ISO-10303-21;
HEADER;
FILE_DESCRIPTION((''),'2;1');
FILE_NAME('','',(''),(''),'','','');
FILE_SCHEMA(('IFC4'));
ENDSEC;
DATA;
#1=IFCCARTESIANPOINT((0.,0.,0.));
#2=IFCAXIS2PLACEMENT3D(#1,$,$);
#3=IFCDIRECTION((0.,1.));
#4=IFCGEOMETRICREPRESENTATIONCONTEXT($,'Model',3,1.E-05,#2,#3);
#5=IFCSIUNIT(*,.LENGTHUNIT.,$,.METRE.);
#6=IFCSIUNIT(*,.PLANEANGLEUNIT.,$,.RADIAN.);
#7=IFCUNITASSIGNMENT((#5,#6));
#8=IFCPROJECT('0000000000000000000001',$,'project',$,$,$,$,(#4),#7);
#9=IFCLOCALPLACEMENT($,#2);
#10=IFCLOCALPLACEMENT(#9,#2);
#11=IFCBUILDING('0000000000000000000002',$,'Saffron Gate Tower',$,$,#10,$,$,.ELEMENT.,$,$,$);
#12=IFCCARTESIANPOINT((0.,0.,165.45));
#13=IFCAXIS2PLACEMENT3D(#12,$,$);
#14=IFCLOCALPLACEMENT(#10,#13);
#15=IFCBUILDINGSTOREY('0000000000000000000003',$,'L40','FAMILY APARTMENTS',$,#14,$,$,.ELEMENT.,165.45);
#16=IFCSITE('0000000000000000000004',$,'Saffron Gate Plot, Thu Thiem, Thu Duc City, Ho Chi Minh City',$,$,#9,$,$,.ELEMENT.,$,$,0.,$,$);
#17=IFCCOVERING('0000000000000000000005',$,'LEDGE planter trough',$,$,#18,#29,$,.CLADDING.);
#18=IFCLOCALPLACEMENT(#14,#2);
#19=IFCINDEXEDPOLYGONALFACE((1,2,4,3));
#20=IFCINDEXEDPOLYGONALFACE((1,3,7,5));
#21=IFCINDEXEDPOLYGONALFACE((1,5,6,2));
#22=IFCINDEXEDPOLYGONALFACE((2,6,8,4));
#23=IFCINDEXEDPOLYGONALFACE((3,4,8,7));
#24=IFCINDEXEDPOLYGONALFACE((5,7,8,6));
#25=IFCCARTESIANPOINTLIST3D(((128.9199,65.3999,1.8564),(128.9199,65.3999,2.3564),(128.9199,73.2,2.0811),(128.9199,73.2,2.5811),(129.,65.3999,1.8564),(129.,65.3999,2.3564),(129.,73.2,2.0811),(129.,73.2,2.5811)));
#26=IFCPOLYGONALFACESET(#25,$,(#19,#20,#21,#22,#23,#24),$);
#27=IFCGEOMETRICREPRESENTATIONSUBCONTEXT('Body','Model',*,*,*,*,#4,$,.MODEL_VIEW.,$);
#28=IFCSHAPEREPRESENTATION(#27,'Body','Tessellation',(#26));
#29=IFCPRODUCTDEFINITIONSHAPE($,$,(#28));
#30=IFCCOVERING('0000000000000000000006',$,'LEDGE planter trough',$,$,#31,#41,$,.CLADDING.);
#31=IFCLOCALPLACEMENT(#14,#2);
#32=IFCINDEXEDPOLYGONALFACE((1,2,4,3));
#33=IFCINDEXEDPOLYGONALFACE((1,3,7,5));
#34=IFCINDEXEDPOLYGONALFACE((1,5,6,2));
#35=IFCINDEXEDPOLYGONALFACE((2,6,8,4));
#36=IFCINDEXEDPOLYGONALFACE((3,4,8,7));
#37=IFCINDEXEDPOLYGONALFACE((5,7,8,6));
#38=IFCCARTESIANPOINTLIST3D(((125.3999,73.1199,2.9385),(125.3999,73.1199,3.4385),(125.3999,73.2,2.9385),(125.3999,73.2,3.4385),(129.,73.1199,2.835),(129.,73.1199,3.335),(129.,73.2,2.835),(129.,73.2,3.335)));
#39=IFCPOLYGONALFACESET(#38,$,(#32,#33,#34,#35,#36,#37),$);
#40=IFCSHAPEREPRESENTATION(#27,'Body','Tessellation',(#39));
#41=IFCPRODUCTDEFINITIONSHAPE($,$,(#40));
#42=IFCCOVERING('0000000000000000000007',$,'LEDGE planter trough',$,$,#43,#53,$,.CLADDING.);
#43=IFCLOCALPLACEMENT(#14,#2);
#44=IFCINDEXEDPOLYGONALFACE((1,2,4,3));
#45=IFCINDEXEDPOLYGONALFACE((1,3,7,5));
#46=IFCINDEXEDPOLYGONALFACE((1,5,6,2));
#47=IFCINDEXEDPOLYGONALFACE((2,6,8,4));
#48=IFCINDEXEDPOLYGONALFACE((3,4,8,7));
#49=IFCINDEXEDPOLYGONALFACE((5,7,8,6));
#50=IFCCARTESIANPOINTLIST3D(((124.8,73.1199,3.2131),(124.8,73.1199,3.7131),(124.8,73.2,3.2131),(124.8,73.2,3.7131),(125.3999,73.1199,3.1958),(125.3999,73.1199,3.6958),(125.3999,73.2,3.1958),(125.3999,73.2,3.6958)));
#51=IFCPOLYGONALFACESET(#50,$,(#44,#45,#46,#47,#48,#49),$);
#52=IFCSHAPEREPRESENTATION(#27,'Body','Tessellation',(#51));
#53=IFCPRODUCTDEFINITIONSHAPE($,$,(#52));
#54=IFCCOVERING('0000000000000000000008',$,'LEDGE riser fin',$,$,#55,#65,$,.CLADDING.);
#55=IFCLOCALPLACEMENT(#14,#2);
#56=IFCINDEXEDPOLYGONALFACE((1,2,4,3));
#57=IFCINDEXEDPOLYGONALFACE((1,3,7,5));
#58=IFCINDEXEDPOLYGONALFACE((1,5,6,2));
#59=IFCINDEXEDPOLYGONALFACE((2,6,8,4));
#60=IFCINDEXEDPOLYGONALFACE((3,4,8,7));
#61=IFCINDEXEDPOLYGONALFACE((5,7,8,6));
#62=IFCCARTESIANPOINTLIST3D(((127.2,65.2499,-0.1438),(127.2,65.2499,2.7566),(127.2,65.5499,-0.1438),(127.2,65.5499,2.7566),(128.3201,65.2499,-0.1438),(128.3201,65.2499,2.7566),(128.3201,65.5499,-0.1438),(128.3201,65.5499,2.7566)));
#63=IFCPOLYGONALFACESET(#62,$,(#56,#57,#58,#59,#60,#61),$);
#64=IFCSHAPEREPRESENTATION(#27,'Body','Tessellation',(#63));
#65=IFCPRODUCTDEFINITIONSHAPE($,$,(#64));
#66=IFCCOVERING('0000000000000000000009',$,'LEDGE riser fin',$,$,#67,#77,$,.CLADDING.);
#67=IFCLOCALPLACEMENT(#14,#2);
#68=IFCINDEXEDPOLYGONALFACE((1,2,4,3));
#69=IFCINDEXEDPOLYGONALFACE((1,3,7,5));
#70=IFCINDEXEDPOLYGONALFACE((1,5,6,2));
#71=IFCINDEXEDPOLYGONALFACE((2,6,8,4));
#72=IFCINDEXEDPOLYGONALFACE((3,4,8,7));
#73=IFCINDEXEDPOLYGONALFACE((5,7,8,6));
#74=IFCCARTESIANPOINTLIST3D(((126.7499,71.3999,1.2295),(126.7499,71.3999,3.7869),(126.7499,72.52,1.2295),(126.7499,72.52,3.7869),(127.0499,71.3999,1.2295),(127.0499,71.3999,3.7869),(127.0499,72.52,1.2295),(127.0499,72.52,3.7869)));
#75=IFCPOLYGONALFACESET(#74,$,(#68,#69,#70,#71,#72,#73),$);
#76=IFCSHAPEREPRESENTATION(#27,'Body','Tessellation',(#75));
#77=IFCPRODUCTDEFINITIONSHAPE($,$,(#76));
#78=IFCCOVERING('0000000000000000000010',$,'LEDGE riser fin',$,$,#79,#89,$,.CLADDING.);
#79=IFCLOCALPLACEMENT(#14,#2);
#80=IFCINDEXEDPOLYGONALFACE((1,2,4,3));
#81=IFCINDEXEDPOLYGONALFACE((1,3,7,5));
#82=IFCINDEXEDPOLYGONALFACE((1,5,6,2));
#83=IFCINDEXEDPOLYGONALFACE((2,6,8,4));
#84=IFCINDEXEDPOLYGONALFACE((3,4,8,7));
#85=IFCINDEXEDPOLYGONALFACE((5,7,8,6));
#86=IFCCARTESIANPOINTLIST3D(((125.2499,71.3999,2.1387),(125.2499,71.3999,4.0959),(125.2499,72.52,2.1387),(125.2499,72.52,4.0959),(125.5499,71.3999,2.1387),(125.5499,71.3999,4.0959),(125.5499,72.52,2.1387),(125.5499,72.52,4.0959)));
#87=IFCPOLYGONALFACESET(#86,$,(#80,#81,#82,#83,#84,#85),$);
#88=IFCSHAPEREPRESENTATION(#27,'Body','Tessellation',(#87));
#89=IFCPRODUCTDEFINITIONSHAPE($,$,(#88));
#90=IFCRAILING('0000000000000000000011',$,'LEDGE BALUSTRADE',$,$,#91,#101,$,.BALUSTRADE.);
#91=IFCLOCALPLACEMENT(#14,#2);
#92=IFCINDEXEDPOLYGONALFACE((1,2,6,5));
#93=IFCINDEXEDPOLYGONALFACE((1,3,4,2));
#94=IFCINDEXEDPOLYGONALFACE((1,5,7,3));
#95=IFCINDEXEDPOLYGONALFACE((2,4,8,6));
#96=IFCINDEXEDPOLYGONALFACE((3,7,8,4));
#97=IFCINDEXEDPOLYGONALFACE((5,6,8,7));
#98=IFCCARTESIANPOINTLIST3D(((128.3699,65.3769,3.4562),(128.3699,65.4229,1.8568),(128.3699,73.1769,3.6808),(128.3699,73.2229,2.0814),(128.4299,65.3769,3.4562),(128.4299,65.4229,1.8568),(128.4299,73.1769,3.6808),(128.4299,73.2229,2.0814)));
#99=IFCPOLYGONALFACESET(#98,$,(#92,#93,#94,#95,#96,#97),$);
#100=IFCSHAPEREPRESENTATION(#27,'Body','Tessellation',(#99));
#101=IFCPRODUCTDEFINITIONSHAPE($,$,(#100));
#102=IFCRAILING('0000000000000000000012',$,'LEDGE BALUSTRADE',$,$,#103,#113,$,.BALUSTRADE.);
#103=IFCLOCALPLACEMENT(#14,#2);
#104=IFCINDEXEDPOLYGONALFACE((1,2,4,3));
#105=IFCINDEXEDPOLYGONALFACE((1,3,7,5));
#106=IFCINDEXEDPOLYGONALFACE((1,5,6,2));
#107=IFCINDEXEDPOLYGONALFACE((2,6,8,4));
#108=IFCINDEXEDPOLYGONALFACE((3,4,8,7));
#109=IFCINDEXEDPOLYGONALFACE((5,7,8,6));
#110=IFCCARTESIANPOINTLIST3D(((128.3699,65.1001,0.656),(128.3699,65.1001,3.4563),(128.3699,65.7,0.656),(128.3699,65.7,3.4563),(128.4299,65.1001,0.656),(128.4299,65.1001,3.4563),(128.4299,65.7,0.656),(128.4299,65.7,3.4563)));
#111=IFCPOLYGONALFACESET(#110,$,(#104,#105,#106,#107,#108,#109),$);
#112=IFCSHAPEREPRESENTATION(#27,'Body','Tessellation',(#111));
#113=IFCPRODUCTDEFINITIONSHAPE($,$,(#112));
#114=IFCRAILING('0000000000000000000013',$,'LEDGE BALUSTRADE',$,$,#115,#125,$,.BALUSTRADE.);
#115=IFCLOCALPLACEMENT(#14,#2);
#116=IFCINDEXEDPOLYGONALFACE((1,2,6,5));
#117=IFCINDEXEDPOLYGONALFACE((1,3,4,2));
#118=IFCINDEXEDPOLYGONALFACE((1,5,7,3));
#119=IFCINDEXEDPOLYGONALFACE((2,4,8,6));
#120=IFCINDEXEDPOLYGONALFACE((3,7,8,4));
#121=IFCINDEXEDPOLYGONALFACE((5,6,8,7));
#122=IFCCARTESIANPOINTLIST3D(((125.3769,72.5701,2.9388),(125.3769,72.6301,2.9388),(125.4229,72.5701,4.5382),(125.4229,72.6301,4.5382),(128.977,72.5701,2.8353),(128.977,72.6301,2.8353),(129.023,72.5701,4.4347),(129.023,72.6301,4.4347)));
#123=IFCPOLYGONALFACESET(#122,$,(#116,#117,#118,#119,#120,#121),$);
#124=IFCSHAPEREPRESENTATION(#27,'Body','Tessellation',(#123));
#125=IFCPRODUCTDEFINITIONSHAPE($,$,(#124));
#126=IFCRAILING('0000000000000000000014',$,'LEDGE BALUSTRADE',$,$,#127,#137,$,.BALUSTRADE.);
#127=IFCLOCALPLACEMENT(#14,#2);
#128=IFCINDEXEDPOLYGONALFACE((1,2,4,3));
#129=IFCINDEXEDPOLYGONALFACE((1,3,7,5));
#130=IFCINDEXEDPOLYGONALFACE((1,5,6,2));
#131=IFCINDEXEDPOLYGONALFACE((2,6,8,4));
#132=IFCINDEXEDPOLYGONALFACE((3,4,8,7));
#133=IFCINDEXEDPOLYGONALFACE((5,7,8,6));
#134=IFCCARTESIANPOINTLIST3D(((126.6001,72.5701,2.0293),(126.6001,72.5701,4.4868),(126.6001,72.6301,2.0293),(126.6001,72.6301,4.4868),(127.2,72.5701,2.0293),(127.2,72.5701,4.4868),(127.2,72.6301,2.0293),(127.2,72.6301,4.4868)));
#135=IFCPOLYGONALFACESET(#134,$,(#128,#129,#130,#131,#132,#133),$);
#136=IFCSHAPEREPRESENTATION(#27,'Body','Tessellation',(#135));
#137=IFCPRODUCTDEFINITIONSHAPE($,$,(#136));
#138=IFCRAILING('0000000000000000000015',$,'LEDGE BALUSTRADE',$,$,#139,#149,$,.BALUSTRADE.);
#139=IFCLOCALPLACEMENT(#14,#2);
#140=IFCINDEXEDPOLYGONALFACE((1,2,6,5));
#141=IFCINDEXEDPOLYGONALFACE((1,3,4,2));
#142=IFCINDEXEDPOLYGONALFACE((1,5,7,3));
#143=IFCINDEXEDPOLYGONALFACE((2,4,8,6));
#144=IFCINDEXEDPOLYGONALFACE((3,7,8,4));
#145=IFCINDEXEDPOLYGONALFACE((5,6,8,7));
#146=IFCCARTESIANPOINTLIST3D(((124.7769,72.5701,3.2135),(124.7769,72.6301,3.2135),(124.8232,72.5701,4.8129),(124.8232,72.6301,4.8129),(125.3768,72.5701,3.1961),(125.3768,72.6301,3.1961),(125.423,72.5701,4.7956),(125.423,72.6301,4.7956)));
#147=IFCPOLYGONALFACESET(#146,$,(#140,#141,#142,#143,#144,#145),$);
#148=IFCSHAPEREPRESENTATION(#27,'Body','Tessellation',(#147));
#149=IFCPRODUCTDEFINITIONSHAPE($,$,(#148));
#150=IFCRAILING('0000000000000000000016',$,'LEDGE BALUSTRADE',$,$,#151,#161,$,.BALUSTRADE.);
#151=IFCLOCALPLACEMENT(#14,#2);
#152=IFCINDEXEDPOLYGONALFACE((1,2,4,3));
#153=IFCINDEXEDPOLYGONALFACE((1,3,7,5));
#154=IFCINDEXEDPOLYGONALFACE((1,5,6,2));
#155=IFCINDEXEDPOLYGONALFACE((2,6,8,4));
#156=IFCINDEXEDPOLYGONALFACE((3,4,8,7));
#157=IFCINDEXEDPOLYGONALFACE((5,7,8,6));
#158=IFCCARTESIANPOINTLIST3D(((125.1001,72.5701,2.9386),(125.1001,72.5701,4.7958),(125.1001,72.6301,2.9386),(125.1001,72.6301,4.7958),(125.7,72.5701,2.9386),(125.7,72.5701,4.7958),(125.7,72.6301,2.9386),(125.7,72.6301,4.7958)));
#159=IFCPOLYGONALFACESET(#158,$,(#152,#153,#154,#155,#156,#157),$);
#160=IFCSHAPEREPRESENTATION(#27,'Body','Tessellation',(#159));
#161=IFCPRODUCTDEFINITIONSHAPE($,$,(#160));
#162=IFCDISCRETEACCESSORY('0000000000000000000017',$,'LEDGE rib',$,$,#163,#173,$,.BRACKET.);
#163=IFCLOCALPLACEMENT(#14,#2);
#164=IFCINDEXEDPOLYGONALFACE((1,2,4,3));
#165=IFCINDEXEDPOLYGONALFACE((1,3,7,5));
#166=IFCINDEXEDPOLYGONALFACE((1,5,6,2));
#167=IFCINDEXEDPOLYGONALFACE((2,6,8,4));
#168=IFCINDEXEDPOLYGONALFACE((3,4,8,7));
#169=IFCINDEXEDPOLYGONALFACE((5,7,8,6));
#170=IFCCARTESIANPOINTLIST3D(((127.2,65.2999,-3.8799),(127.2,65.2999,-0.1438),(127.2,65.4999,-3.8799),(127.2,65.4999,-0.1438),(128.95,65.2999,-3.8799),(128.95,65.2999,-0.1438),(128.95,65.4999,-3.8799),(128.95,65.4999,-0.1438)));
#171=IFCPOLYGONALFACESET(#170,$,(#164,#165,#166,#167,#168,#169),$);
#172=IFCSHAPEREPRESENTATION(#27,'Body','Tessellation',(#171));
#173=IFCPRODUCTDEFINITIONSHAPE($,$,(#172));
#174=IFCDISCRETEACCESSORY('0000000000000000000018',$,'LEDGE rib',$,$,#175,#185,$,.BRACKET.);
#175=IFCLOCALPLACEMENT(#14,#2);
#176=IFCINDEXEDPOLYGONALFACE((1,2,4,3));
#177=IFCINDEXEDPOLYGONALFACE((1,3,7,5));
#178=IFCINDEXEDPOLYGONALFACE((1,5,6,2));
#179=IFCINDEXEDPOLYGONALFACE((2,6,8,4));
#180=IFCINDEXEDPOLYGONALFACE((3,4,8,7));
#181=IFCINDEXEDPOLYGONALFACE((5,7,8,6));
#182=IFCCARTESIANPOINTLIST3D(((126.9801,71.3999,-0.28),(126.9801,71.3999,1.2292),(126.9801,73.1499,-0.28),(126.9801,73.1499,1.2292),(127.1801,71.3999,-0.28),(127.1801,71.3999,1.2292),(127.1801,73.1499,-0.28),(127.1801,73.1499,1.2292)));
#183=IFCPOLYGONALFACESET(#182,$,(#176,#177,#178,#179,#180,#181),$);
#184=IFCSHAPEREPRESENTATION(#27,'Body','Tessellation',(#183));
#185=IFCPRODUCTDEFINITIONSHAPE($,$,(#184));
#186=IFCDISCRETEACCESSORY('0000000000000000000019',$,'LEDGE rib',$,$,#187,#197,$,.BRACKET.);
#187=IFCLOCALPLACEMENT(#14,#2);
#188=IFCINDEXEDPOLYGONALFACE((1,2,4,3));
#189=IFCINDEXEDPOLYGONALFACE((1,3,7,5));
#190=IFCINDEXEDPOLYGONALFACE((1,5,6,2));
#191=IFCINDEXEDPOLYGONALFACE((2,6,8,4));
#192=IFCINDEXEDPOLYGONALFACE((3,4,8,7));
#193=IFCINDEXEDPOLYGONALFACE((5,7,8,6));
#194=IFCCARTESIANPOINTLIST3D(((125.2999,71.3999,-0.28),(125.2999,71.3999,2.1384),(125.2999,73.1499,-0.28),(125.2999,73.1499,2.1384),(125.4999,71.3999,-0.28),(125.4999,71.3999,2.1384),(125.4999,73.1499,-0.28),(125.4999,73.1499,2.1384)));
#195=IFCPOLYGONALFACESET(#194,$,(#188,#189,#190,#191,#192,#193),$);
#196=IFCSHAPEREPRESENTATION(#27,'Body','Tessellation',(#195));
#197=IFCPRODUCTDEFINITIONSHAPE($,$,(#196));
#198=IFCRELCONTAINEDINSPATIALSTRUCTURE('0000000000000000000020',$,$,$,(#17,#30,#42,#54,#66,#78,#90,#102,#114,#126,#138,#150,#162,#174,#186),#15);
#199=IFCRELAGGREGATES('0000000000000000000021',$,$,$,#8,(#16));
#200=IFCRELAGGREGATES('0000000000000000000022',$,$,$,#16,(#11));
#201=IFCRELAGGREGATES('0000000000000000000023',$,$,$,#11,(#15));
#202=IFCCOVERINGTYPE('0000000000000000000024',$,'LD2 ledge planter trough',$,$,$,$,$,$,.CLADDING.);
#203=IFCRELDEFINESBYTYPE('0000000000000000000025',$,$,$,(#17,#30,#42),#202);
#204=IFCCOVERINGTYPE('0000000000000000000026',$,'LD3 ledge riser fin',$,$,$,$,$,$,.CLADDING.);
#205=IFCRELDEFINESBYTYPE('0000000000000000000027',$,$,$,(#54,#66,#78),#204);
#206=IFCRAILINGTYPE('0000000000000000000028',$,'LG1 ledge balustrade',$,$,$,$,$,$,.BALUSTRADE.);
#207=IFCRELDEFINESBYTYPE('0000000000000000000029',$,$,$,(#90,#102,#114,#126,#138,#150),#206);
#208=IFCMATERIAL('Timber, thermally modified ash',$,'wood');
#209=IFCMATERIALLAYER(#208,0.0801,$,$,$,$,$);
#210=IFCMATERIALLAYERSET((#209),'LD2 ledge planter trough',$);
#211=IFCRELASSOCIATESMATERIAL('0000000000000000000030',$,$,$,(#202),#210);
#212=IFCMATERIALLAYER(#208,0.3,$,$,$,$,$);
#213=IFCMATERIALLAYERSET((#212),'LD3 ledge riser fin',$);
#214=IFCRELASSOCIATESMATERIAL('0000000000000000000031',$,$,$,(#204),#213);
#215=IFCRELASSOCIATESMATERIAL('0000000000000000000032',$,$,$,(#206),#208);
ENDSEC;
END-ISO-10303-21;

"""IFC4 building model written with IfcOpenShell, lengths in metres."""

from ifc_helpers import new_model, si_unit, direction, frame, origin, origin_2d, place, context, subcontext, project, spatial, polyline, rectangle, outline, extrude, material, layer, layer_set, type_object, element, save


model = new_model("IFC4")

# Units and contexts
model_context = context("Model", 3, precision=1e-05, world=origin(), true_north=direction((0.0, 1.0)))
body_context = subcontext(model_context, "Body", "Model", "MODEL_VIEW")
ifc_project = project(units=[si_unit("LENGTHUNIT", "METRE"), si_unit("PLANEANGLEUNIT", "RADIAN")], contexts=[model_context])

# Site, building, storey
site_placement = place(None, origin())
site = spatial("IfcSite", under=ifc_project, at=site_placement, Name="Saffron Gate Plot, Thu Thiem, Thu Duc City, Ho Chi Minh City", CompositionType="ELEMENT", RefElevation=0.0)
building_placement = place(site_placement, origin())
building = spatial("IfcBuilding", under=site, at=building_placement, Name="Saffron Gate Tower", CompositionType="ELEMENT")
storey_placement = place(building_placement, frame((0.0, 0.0, 165.45)))
storey = spatial("IfcBuildingStorey", under=building, at=storey_placement, Name="L40", Description="FAMILY APARTMENTS", CompositionType="ELEMENT", Elevation=165.45)

# Coverings
ifc_material_1 = material(Name="Timber, thermally modified ash", Category="wood")
ifc_layer_1 = layer(ifc_material_1, 0.0801)
ifc_layer_set_1 = layer_set([ifc_layer_1], Name="LD2 ledge planter trough")
covering_type_1 = type_object("IfcCoveringType", Name="LD2 ledge planter trough", PredefinedType="CLADDING", material=ifc_layer_set_1)
covering_1_placement = place(storey_placement, frame((129.0, 65.3999, 1.8564), z_axis=(1.0, 0.0, 0.0), x_axis=(0.0, 0.999586, 0.028784)))
element("IfcCovering", 1, at=covering_1_placement, inside=storey, type_object=covering_type_1, Name="LEDGE planter trough", PredefinedType="CLADDING", context=body_context, shape_type="SweptSolid", body=[
    extrude(outline(polyline([(0.0, 0.0), (7.8033, 0.0), (7.8177, 0.4998), (0.0144, 0.4998), (0.0, 0.0)])), origin(), (0.0, 0.0, -1.0), 0.0801),
])
covering_2_placement = place(storey_placement, frame((129.0, 73.2, 2.835), z_axis=(0.0, 1.0, 0.0), x_axis=(-0.999587, 0.0, 0.028742)))
element("IfcCovering", 2, at=covering_2_placement, inside=storey, type_object=covering_type_1, Name="LEDGE planter trough", PredefinedType="CLADDING", context=body_context, shape_type="SweptSolid", body=[
    extrude(outline(polyline([(0.0, 0.0), (3.6016, 0.0), (3.616, 0.4998), (0.0144, 0.4998), (0.0, 0.0)])), origin(), (0.0, 0.0, -1.0), 0.0801),
])
covering_3_placement = place(storey_placement, frame((125.3999, 73.2, 3.1958), z_axis=(0.0, 1.0, 0.0), x_axis=(-0.999583, 0.0, 0.028885)))
element("IfcCovering", 3, at=covering_3_placement, inside=storey, type_object=covering_type_1, Name="LEDGE planter trough", PredefinedType="CLADDING", context=body_context, shape_type="SweptSolid", body=[
    extrude(outline(polyline([(0.0, 0.0), (0.6001, 0.0), (0.6145, 0.4998), (0.0144, 0.4998), (0.0, 0.0)])), origin(), (0.0, 0.0, -1.0), 0.0801),
])
ifc_layer_2 = layer(ifc_material_1, 0.3)
ifc_layer_set_2 = layer_set([ifc_layer_2], Name="LD3 ledge riser fin")
covering_type_2 = type_object("IfcCoveringType", Name="LD3 ledge riser fin", PredefinedType="CLADDING", material=ifc_layer_set_2)
covering_4_placement = place(storey_placement, frame((127.76, 65.3999, -0.1438), z_axis=(0.0, 0.0, 1.0), x_axis=(0.0, 1.0, 0.0)))
element("IfcCovering", 4, at=covering_4_placement, inside=storey, type_object=covering_type_2, Name="LEDGE riser fin", PredefinedType="CLADDING", context=body_context, shape_type="SweptSolid", body=[
    extrude(rectangle(XDim=0.3, YDim=1.1201, at=origin_2d()), origin(), (0.0, 0.0, 1.0), 2.9004),
])
covering_5_placement = place(storey_placement, frame((126.8999, 71.96, 1.2295), z_axis=(0.0, 0.0, 1.0), x_axis=(-1.0, 0.0, 0.0)))
element("IfcCovering", 5, at=covering_5_placement, inside=storey, type_object=covering_type_2, Name="LEDGE riser fin", PredefinedType="CLADDING", context=body_context, shape_type="SweptSolid", body=[
    extrude(rectangle(XDim=0.3, YDim=1.1201, at=origin_2d()), origin(), (0.0, 0.0, 1.0), 2.5574),
])
covering_6_placement = place(storey_placement, frame((125.3999, 71.96, 2.1387), z_axis=(0.0, 0.0, 1.0), x_axis=(-1.0, 0.0, 0.0)))
element("IfcCovering", 6, at=covering_6_placement, inside=storey, type_object=covering_type_2, Name="LEDGE riser fin", PredefinedType="CLADDING", context=body_context, shape_type="SweptSolid", body=[
    extrude(rectangle(XDim=0.3, YDim=1.1201, at=origin_2d()), origin(), (0.0, 0.0, 1.0), 1.9573),
])

# Railings
railing_type = type_object("IfcRailingType", Name="LG1 ledge balustrade", PredefinedType="BALUSTRADE", material=ifc_material_1)
railing_1_placement = place(storey_placement, frame((128.3999, 65.3999, 1.8564)))
element("IfcRailing", 7, at=railing_1_placement, inside=storey, type_object=railing_type, Name="LEDGE BALUSTRADE", PredefinedType="BALUSTRADE", context=body_context, shape_type="SweptSolid", body=[
    extrude(rectangle(XDim=0.0601, YDim=1.6001, at=origin_2d()), frame((0.0, 0.0, 0.8), z_axis=(0.0, 0.999586, 0.028784), x_axis=(-1.0, 0.0, 0.0)), (0.0, 0.0, 1.0), 7.8032),
])
railing_2_placement = place(storey_placement, frame((128.3999, 65.1001, 0.656)))
element("IfcRailing", 8, at=railing_2_placement, inside=storey, type_object=railing_type, Name="LEDGE BALUSTRADE", PredefinedType="BALUSTRADE", context=body_context, shape_type="SweptSolid", body=[
    extrude(rectangle(XDim=0.0601, YDim=2.8003, at=origin_2d()), frame((0.0, 0.0, 1.4001), z_axis=(0.0, 1.0, 0.0), x_axis=(-1.0, 0.0, 0.0)), (0.0, 0.0, 1.0), 0.5999),
])
railing_3_placement = place(storey_placement, frame((129.0, 72.6001, 2.835)))
element("IfcRailing", 9, at=railing_3_placement, inside=storey, type_object=railing_type, Name="LEDGE BALUSTRADE", PredefinedType="BALUSTRADE", context=body_context, shape_type="SweptSolid", body=[
    extrude(rectangle(XDim=0.0601, YDim=1.6001, at=origin_2d()), frame((0.0, 0.0, 0.8), z_axis=(-0.999587, 0.0, 0.028742), x_axis=(0.0, -1.0, 0.0)), (0.0, 0.0, 1.0), 3.6016),
])
railing_4_placement = place(storey_placement, frame((127.2, 72.6001, 2.0293)))
element("IfcRailing", 10, at=railing_4_placement, inside=storey, type_object=railing_type, Name="LEDGE BALUSTRADE", PredefinedType="BALUSTRADE", context=body_context, shape_type="SweptSolid", body=[
    extrude(rectangle(XDim=0.0601, YDim=2.4575, at=origin_2d()), frame((0.0, 0.0, 1.2288), z_axis=(-1.0, 0.0, 0.0), x_axis=(0.0, -1.0, 0.0)), (0.0, 0.0, 1.0), 0.5999),
])
railing_5_placement = place(storey_placement, frame((125.3999, 72.6001, 3.1958)))
element("IfcRailing", 11, at=railing_5_placement, inside=storey, type_object=railing_type, Name="LEDGE BALUSTRADE", PredefinedType="BALUSTRADE", context=body_context, shape_type="SweptSolid", body=[
    extrude(rectangle(XDim=0.0601, YDim=1.6001, at=origin_2d()), frame((0.0, 0.0, 0.8), z_axis=(-0.999583, 0.0, 0.028885), x_axis=(0.0, -1.0, 0.0)), (0.0, 0.0, 1.0), 0.6001),
])
railing_6_placement = place(storey_placement, frame((125.7, 72.6001, 2.9385)))
element("IfcRailing", 12, at=railing_6_placement, inside=storey, type_object=railing_type, Name="LEDGE BALUSTRADE", PredefinedType="BALUSTRADE", context=body_context, shape_type="SweptSolid", body=[
    extrude(rectangle(XDim=0.0601, YDim=1.8572, at=origin_2d()), frame((0.0, 0.0, 0.9287), z_axis=(-1.0, 0.0, 0.0), x_axis=(0.0, -1.0, 0.0)), (0.0, 0.0, 1.0), 0.5999),
])

# Discrete accessories
discrete_accessory_1_placement = place(storey_placement, frame((128.075, 65.3999, -3.8799), z_axis=(0.0, 0.0, 1.0), x_axis=(0.0, 1.0, 0.0)))
element("IfcDiscreteAccessory", 13, at=discrete_accessory_1_placement, inside=storey, Name="LEDGE rib", PredefinedType="BRACKET", context=body_context, shape_type="SweptSolid", body=[
    extrude(rectangle(XDim=0.2, YDim=1.75, at=origin_2d()), origin(), (0.0, 0.0, 1.0), 3.7361),
])
discrete_accessory_2_placement = place(storey_placement, frame((127.0801, 72.2749, -0.28), z_axis=(0.0, 0.0, 1.0), x_axis=(-1.0, 0.0, 0.0)))
element("IfcDiscreteAccessory", 14, at=discrete_accessory_2_placement, inside=storey, Name="LEDGE rib", PredefinedType="BRACKET", context=body_context, shape_type="SweptSolid", body=[
    extrude(rectangle(XDim=0.2, YDim=1.75, at=origin_2d()), origin(), (0.0, 0.0, 1.0), 1.5093),
])
discrete_accessory_3_placement = place(storey_placement, frame((125.3999, 72.2749, -0.28), z_axis=(0.0, 0.0, 1.0), x_axis=(-1.0, 0.0, 0.0)))
element("IfcDiscreteAccessory", 15, at=discrete_accessory_3_placement, inside=storey, Name="LEDGE rib", PredefinedType="BRACKET", context=body_context, shape_type="SweptSolid", body=[
    extrude(rectangle(XDim=0.2, YDim=1.75, at=origin_2d()), origin(), (0.0, 0.0, 1.0), 2.4185),
])

save(model, "model.ifc")
